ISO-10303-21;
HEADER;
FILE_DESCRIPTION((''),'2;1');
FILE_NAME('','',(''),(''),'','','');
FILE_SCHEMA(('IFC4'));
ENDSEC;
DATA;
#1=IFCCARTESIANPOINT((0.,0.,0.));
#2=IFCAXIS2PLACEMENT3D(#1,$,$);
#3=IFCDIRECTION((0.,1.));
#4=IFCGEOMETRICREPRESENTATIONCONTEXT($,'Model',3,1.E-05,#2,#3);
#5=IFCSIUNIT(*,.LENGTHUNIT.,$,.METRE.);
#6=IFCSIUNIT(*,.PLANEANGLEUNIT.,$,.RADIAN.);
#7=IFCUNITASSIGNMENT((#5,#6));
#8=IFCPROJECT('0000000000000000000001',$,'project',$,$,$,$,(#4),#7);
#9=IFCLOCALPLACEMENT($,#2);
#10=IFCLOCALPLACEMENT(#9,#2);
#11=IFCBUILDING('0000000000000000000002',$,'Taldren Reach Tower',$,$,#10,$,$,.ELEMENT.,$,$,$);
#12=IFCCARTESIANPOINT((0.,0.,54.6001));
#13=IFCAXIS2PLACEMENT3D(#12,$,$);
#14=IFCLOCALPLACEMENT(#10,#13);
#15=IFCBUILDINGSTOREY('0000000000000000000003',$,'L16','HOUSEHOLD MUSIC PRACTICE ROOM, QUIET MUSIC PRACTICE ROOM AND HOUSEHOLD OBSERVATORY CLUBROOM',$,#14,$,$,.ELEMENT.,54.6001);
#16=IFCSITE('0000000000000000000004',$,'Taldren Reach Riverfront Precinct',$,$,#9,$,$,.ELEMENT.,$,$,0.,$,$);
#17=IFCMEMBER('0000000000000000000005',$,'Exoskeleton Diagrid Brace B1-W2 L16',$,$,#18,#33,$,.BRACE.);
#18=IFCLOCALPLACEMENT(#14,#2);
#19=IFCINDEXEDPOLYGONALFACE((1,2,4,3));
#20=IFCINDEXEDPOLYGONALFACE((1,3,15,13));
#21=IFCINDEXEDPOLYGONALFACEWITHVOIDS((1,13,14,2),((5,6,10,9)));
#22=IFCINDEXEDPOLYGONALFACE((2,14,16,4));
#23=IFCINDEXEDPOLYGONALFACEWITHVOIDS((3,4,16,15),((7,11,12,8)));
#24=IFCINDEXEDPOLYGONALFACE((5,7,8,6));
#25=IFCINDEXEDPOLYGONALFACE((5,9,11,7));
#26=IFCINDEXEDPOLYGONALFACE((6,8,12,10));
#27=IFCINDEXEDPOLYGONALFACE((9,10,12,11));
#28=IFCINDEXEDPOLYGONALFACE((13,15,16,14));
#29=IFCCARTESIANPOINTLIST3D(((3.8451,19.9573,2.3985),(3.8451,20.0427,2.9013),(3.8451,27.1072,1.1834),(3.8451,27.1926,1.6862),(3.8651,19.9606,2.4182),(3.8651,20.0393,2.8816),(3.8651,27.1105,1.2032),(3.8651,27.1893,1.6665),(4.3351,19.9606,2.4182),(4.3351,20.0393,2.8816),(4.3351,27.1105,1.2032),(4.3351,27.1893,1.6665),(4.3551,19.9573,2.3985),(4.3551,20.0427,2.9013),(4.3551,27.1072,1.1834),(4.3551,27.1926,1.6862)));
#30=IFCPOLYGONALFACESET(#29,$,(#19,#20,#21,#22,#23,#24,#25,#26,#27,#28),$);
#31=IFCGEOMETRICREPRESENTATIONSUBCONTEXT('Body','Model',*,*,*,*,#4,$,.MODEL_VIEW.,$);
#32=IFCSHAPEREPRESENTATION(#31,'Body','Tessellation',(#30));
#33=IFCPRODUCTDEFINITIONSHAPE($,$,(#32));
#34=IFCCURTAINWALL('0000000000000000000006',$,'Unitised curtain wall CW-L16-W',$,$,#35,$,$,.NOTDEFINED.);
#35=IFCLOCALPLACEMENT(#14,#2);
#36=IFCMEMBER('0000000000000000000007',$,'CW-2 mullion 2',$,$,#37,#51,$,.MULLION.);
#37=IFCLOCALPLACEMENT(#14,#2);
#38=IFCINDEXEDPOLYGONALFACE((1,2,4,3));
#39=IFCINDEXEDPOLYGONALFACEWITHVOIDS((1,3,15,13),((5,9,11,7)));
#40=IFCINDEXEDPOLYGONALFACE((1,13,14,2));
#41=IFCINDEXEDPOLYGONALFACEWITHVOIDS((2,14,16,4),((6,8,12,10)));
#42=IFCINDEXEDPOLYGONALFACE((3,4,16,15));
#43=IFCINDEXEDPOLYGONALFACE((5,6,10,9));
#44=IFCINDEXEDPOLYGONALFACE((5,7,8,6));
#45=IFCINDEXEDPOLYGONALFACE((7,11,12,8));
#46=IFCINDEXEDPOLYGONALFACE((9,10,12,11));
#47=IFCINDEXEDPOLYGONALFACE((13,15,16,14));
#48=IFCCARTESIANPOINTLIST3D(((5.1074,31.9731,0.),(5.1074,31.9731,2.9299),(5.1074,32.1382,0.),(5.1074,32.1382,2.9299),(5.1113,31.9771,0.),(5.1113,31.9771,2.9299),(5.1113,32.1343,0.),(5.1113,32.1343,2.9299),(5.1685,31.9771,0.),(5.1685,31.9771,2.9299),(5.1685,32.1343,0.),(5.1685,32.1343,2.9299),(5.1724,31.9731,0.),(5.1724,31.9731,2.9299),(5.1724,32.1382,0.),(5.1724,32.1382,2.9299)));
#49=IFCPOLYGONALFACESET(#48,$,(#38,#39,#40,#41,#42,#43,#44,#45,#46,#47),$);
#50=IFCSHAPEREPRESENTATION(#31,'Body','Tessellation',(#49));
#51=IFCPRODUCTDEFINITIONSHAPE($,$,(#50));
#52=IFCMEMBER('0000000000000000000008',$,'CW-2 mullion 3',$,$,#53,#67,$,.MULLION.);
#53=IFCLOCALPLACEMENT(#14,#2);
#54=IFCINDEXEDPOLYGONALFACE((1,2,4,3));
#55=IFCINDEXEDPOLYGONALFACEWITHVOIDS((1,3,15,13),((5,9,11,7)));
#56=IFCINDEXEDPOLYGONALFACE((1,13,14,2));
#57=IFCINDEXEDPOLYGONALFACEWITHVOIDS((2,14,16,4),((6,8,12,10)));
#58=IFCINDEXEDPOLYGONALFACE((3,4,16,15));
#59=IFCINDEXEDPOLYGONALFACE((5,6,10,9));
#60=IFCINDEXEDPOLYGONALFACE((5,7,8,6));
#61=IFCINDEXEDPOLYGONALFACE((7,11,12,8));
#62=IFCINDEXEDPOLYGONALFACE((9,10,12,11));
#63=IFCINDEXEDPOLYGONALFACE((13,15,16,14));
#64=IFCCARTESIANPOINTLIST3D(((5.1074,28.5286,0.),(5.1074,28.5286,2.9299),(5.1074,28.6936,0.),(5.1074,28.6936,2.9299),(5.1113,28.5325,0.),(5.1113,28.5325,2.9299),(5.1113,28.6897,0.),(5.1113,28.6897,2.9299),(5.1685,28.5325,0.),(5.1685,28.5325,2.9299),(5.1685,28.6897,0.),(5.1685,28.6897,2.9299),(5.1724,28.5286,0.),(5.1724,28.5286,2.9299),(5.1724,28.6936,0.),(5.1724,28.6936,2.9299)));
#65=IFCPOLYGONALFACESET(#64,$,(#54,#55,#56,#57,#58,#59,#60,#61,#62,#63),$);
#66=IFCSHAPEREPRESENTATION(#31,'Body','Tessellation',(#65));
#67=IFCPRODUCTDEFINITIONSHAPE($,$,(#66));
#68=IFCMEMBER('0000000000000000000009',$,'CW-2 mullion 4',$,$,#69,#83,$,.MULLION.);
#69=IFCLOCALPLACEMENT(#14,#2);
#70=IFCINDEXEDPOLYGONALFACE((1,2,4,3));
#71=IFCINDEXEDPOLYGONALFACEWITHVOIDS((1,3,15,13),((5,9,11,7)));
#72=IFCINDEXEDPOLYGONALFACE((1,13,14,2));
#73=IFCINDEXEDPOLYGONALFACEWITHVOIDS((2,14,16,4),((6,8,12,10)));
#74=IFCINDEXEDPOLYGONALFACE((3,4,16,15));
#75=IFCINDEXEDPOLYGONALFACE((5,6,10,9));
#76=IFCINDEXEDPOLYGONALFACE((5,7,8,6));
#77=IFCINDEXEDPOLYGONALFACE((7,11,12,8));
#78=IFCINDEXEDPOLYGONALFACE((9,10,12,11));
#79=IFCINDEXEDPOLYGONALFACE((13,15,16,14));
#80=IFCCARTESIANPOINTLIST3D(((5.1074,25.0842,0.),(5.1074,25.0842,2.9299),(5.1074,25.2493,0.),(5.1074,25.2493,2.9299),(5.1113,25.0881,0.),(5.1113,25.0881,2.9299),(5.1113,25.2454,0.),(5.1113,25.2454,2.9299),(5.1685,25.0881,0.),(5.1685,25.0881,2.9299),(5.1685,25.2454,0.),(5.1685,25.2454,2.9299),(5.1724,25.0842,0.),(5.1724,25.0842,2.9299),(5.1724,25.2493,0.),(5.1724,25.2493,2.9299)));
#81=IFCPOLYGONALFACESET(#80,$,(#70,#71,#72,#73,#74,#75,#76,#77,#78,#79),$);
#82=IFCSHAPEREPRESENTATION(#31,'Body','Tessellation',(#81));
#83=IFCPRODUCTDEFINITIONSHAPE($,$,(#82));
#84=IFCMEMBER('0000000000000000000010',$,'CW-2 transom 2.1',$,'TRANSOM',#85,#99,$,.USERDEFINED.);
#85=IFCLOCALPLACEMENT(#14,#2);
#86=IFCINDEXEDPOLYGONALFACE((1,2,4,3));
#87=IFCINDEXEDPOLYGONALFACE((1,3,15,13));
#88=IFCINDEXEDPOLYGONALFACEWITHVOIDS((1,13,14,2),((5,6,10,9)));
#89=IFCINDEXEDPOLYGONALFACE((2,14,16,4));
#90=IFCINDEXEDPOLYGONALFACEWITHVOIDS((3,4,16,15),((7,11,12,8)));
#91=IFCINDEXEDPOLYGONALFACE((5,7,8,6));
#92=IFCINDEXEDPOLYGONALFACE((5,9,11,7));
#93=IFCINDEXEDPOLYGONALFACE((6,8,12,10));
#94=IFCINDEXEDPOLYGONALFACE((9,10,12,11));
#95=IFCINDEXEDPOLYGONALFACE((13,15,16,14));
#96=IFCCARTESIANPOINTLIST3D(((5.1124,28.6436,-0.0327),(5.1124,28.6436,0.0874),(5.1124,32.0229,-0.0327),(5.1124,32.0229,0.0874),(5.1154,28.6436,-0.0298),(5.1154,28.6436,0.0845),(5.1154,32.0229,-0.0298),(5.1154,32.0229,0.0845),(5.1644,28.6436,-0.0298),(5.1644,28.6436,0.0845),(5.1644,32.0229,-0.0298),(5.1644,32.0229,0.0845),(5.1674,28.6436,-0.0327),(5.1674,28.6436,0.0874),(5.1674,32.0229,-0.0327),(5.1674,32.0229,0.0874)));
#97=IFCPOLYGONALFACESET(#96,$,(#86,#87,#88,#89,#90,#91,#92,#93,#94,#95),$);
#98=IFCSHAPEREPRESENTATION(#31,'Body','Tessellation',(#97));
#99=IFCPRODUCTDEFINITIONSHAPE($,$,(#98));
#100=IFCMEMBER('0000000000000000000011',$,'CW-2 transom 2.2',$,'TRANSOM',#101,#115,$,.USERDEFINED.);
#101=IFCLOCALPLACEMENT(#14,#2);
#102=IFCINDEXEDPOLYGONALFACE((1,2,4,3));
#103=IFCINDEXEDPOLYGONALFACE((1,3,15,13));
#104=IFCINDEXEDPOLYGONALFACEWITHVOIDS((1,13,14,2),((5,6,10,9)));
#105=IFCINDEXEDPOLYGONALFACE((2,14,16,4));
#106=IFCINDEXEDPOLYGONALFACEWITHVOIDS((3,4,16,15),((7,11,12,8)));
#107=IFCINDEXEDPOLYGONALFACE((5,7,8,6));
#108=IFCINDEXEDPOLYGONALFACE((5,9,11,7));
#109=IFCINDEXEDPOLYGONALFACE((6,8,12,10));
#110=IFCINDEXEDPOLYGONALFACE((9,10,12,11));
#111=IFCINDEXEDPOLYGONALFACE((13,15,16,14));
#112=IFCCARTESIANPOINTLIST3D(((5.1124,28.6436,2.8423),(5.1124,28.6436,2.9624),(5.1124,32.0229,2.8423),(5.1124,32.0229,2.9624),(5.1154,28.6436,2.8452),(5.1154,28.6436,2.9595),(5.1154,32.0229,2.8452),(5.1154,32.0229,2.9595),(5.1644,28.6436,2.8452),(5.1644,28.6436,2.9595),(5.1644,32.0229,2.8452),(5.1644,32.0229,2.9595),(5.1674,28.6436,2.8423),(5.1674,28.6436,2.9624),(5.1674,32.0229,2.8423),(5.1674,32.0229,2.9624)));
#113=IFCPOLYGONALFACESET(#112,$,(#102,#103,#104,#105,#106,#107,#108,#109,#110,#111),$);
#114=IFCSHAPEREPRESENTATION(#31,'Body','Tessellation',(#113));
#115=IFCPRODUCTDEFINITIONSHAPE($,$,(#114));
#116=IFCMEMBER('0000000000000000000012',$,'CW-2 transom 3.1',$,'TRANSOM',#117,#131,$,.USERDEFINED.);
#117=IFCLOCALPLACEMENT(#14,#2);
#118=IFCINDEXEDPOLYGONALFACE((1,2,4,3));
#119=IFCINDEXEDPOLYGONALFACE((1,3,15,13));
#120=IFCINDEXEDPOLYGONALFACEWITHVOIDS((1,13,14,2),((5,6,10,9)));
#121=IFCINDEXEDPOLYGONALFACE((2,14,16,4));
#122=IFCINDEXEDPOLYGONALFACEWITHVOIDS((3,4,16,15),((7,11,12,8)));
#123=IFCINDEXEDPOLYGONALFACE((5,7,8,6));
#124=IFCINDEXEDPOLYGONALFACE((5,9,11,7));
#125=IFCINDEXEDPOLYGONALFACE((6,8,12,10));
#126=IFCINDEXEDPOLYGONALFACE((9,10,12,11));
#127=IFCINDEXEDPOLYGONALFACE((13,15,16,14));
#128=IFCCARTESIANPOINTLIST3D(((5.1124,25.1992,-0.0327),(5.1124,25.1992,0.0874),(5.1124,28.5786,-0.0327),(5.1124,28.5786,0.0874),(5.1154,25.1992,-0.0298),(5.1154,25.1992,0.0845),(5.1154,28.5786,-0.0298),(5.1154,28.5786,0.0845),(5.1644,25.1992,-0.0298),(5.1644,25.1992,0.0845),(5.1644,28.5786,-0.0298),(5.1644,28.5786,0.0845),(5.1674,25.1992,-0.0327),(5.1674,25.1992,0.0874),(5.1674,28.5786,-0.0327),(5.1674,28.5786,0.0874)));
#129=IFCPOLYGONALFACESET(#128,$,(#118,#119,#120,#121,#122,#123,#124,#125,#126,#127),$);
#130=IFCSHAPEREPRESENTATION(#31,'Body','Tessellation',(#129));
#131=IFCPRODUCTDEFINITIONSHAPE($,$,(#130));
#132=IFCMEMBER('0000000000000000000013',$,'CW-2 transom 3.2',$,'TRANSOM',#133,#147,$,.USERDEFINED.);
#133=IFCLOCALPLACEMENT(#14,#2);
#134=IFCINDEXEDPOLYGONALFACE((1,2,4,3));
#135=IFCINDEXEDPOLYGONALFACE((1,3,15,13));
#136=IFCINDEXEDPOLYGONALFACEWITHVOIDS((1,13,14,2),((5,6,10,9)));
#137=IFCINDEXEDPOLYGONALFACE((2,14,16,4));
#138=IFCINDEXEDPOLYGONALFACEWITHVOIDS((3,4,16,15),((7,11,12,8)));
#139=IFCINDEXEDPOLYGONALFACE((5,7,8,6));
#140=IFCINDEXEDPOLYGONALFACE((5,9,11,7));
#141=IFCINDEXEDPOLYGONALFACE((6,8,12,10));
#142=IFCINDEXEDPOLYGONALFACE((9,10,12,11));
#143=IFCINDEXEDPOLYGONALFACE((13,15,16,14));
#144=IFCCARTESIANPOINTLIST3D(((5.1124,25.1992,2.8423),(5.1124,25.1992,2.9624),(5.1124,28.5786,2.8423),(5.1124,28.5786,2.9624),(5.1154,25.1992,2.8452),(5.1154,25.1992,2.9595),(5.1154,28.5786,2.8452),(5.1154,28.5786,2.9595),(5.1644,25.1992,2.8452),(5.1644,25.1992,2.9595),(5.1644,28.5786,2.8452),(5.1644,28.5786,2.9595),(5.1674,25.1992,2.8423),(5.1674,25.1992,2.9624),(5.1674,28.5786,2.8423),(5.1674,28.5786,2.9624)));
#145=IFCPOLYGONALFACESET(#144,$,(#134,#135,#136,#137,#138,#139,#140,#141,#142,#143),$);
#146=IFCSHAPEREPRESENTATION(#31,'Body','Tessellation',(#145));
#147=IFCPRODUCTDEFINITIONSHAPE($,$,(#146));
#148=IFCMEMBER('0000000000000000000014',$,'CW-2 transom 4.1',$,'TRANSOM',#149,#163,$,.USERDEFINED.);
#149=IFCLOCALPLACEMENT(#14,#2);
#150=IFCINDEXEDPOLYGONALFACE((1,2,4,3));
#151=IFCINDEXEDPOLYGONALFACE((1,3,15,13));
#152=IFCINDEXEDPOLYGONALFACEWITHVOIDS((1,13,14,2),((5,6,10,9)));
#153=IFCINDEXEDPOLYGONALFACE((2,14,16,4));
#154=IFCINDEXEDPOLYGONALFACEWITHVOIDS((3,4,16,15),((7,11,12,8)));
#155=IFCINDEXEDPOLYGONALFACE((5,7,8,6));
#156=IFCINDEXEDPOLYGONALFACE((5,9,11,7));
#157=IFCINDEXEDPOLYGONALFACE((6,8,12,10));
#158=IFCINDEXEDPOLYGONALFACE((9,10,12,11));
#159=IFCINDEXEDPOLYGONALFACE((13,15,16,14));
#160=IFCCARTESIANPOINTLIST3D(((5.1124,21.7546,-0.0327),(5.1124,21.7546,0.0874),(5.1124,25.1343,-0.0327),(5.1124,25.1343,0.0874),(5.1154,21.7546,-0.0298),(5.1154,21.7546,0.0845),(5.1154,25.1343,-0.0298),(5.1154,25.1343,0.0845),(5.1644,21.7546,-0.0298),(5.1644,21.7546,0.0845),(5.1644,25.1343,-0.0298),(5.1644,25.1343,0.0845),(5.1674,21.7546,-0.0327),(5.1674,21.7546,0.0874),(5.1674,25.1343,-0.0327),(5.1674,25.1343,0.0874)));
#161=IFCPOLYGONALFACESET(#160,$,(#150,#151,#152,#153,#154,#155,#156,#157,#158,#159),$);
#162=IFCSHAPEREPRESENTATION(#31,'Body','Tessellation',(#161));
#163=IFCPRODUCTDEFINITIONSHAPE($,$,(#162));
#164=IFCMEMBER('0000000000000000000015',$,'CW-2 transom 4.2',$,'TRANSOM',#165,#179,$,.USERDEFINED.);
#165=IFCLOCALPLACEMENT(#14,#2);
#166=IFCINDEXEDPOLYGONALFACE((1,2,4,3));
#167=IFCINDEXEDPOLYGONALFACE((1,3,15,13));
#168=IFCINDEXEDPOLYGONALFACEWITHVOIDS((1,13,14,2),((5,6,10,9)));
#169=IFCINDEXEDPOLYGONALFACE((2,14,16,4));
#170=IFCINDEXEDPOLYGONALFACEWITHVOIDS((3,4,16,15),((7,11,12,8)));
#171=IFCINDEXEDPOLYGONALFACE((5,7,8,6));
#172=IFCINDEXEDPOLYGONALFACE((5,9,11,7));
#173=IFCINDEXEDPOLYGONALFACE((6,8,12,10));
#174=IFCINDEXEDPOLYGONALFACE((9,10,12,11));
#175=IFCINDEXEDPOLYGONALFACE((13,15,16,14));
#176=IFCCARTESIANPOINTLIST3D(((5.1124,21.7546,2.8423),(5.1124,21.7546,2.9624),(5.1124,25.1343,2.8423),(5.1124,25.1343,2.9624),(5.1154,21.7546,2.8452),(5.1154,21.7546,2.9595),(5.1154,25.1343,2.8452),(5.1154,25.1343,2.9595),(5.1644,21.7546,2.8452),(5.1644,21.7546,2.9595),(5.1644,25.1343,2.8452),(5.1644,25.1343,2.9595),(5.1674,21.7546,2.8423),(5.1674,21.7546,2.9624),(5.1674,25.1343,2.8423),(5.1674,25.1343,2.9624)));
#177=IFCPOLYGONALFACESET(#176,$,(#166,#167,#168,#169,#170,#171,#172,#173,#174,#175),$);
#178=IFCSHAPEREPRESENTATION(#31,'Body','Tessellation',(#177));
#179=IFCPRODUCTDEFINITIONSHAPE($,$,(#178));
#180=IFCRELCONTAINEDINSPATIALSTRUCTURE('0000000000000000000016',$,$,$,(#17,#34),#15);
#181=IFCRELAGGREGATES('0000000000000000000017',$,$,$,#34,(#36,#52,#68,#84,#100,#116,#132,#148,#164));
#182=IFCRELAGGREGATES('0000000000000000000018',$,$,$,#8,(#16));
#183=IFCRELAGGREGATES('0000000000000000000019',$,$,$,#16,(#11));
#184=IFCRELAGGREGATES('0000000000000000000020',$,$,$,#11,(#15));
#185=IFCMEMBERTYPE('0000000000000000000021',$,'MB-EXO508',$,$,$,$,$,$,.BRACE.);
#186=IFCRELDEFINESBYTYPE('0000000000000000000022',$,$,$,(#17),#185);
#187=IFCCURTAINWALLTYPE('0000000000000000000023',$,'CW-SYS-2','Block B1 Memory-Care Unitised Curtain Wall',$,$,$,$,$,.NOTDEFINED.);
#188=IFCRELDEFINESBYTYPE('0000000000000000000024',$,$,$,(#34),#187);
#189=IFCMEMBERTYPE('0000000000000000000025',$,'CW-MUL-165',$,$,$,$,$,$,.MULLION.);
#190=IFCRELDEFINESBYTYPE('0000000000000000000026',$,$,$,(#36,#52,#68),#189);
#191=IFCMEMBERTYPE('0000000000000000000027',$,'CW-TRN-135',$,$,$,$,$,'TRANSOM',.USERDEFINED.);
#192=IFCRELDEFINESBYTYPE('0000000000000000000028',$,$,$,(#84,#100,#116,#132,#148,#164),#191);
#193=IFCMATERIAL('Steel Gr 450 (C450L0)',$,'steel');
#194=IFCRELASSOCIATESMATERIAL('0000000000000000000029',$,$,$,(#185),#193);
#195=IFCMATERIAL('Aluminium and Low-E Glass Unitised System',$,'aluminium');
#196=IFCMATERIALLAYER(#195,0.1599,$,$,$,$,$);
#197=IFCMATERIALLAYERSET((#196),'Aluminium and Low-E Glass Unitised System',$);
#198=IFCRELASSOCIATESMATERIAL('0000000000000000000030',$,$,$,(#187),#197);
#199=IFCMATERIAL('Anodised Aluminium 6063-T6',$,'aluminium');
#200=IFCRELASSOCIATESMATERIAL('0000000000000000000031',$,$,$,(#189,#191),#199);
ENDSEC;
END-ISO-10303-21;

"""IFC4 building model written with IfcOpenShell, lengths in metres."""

from ifc_helpers import new_model, si_unit, direction, frame, origin, origin_2d, place, context, subcontext, project, spatial, hollow_rectangle, extrude, source, transform, mapped, material, layer, layer_set, material_profile, profile_set, type_object, element, aggregate, save


model = new_model("IFC4")

# Units and contexts
model_context = context("Model", 3, precision=1e-05, world=origin(), true_north=direction((0.0, 1.0)))
body_context = subcontext(model_context, "Body", "Model", "MODEL_VIEW")
ifc_project = project(units=[si_unit("LENGTHUNIT", "METRE"), si_unit("PLANEANGLEUNIT", "RADIAN")], contexts=[model_context])

# Site, building, storey
site_placement = place(None, origin())
site = spatial("IfcSite", under=ifc_project, at=site_placement, Name="Taldren Reach Riverfront Precinct", CompositionType="ELEMENT", RefElevation=0.0)
building_placement = place(site_placement, origin())
building = spatial("IfcBuilding", under=site, at=building_placement, Name="Taldren Reach Tower", CompositionType="ELEMENT")
storey_placement = place(building_placement, frame((0.0, 0.0, 54.6001)))
storey = spatial("IfcBuildingStorey", under=building, at=storey_placement, Name="L16", Description="HOUSEHOLD MUSIC PRACTICE ROOM, QUIET MUSIC PRACTICE ROOM AND HOUSEHOLD OBSERVATORY CLUBROOM", CompositionType="ELEMENT", Elevation=54.6001)

# Member
ifc_material_1 = material(Name="Steel Gr 450 (C450L0)", Category="steel")
ifc_material_profile_1 = material_profile(ifc_material_1, hollow_rectangle(XDim=0.51, YDim=0.51, WallThickness=0.02, at=origin_2d()), Name="510x510x20.0SHS")
ifc_profile_set_1 = profile_set([ifc_material_profile_1], Name="Steel Gr 450 (C450L0)")
member_type_1 = type_object("IfcMemberType", Name="MB-EXO508", PredefinedType="BRACE", material=ifc_profile_set_1)
shared_shape_1 = source(origin(), body_context, "Body", "SweptSolid", [
    extrude(hollow_rectangle(XDim=0.51, YDim=0.51, WallThickness=0.02, at=origin_2d()), origin(), (0.0, 0.0, 1.0), 7.2524),
])
member_1_placement = place(storey_placement, frame((4.1001, 27.1499, 1.4348), z_axis=(0.0, -0.985865, 0.167542), x_axis=(1.0, 0.0, 0.0)))
element("IfcMember", 1, at=member_1_placement, inside=storey, type_object=member_type_1, Name="Exoskeleton Diagrid Brace B1-W2 L16", PredefinedType="BRACE", context=body_context, shape_type="MappedRepresentation", body=[
    mapped(shared_shape_1, transform((0.0, 0.0, 0.0), scale=1.0)),
])

# Curtain wall, members
ifc_material_2 = material(Name="Aluminium and Low-E Glass Unitised System", Category="aluminium")
ifc_layer_1 = layer(ifc_material_2, 0.1599)
ifc_layer_set_1 = layer_set([ifc_layer_1], Name="Aluminium and Low-E Glass Unitised System")
curtain_wall_type = type_object("IfcCurtainWallType", Name="CW-SYS-2", Description="Block B1 Memory-Care Unitised Curtain Wall", PredefinedType="NOTDEFINED", material=ifc_layer_set_1)
curtain_wall_placement = place(storey_placement, origin())
curtain_wall = element("IfcCurtainWall", 2, at=curtain_wall_placement, inside=storey, type_object=curtain_wall_type, Name="Unitised curtain wall CW-L16-W", PredefinedType="NOTDEFINED")
ifc_material_3 = material(Name="Anodised Aluminium 6063-T6", Category="aluminium")
ifc_material_profile_2 = material_profile(ifc_material_3, hollow_rectangle(XDim=0.0649, YDim=0.165, WallThickness=0.0039, at=origin_2d()), Name="ALU-165x65x4RHS")
ifc_profile_set_2 = profile_set([ifc_material_profile_2], Name="Anodised Aluminium 6063-T6")
member_type_2 = type_object("IfcMemberType", Name="CW-MUL-165", PredefinedType="MULLION", material=ifc_profile_set_2)
shared_shape_2 = source(origin(), body_context, "Body", "SweptSolid", [
    extrude(hollow_rectangle(XDim=0.0649, YDim=0.165, WallThickness=0.0039, at=origin_2d()), origin(), (0.0, 0.0, 1.0), 2.9299),
])
member_2_placement = place(storey_placement, frame((5.1399, 32.0557, 0.0), z_axis=(0.0, 0.0, 1.0), x_axis=(1.0, 0.0, 0.0)))
member_2 = element("IfcMember", 3, at=member_2_placement, type_object=member_type_2, Name="CW-2 mullion 2", PredefinedType="MULLION", context=body_context, shape_type="MappedRepresentation", body=[
    mapped(shared_shape_2, transform((0.0, 0.0, 0.0), scale=1.0)),
])
member_3_placement = place(storey_placement, frame((5.1399, 28.6111, 0.0), z_axis=(0.0, 0.0, 1.0), x_axis=(1.0, 0.0, 0.0)))
member_3 = element("IfcMember", 4, at=member_3_placement, type_object=member_type_2, Name="CW-2 mullion 3", PredefinedType="MULLION", context=body_context, shape_type="MappedRepresentation", body=[
    mapped(shared_shape_2, transform((0.0, 0.0, 0.0), scale=1.0)),
])
member_4_placement = place(storey_placement, frame((5.1399, 25.1667, 0.0), z_axis=(0.0, 0.0, 1.0), x_axis=(1.0, 0.0, 0.0)))
member_4 = element("IfcMember", 5, at=member_4_placement, type_object=member_type_2, Name="CW-2 mullion 4", PredefinedType="MULLION", context=body_context, shape_type="MappedRepresentation", body=[
    mapped(shared_shape_2, transform((0.0, 0.0, 0.0), scale=1.0)),
])
ifc_material_profile_3 = material_profile(ifc_material_3, hollow_rectangle(XDim=0.0549, YDim=0.1201, WallThickness=0.0029, at=origin_2d()), Name="ALU-120x55x3RHS")
ifc_profile_set_3 = profile_set([ifc_material_profile_3], Name="Anodised Aluminium 6063-T6")
member_type_3 = type_object("IfcMemberType", Name="CW-TRN-135", ElementType="TRANSOM", PredefinedType="USERDEFINED", material=ifc_profile_set_3)
shared_shape_3 = source(origin(), body_context, "Body", "SweptSolid", [
    extrude(hollow_rectangle(XDim=0.0549, YDim=0.1201, WallThickness=0.0029, at=origin_2d()), origin(), (0.0, 0.0, 1.0), 3.3794),
])
member_5_placement = place(storey_placement, frame((5.1399, 32.0229, 0.0273), z_axis=(0.0, -1.0, 0.0), x_axis=(1.0, 0.0, 0.0)))
member_5 = element("IfcMember", 6, at=member_5_placement, type_object=member_type_3, Name="CW-2 transom 2.1", ObjectType="TRANSOM", PredefinedType="USERDEFINED", context=body_context, shape_type="MappedRepresentation", body=[
    mapped(shared_shape_3, transform((0.0, 0.0, 0.0), scale=1.0)),
])
member_6_placement = place(storey_placement, frame((5.1399, 32.0229, 2.9023), z_axis=(0.0, -1.0, 0.0), x_axis=(1.0, 0.0, 0.0)))
member_6 = element("IfcMember", 7, at=member_6_placement, type_object=member_type_3, Name="CW-2 transom 2.2", ObjectType="TRANSOM", PredefinedType="USERDEFINED", context=body_context, shape_type="MappedRepresentation", body=[
    mapped(shared_shape_3, transform((0.0, 0.0, 0.0), scale=1.0)),
])
member_7_placement = place(storey_placement, frame((5.1399, 28.5786, 0.0273), z_axis=(0.0, -1.0, 0.0), x_axis=(1.0, 0.0, 0.0)))
member_7 = element("IfcMember", 8, at=member_7_placement, type_object=member_type_3, Name="CW-2 transom 3.1", ObjectType="TRANSOM", PredefinedType="USERDEFINED", context=body_context, shape_type="MappedRepresentation", body=[
    mapped(shared_shape_3, transform((0.0, 0.0, 0.0), scale=1.0)),
])
member_8_placement = place(storey_placement, frame((5.1399, 28.5786, 2.9023), z_axis=(0.0, -1.0, 0.0), x_axis=(1.0, 0.0, 0.0)))
member_8 = element("IfcMember", 9, at=member_8_placement, type_object=member_type_3, Name="CW-2 transom 3.2", ObjectType="TRANSOM", PredefinedType="USERDEFINED", context=body_context, shape_type="MappedRepresentation", body=[
    mapped(shared_shape_3, transform((0.0, 0.0, 0.0), scale=1.0)),
])
shared_shape_4 = source(origin(), body_context, "Body", "SweptSolid", [
    extrude(hollow_rectangle(XDim=0.0549, YDim=0.1201, WallThickness=0.0029, at=origin_2d()), origin(), (0.0, 0.0, 1.0), 3.3796),
])
member_9_placement = place(storey_placement, frame((5.1399, 25.1343, 0.0273), z_axis=(0.0, -1.0, 0.0), x_axis=(1.0, 0.0, 0.0)))
member_9 = element("IfcMember", 10, at=member_9_placement, type_object=member_type_3, Name="CW-2 transom 4.1", ObjectType="TRANSOM", PredefinedType="USERDEFINED", context=body_context, shape_type="MappedRepresentation", body=[
    mapped(shared_shape_4, transform((0.0, 0.0, 0.0), scale=1.0)),
])
member_10_placement = place(storey_placement, frame((5.1399, 25.1343, 2.9023), z_axis=(0.0, -1.0, 0.0), x_axis=(1.0, 0.0, 0.0)))
member_10 = element("IfcMember", 11, at=member_10_placement, type_object=member_type_3, Name="CW-2 transom 4.2", ObjectType="TRANSOM", PredefinedType="USERDEFINED", context=body_context, shape_type="MappedRepresentation", body=[
    mapped(shared_shape_4, transform((0.0, 0.0, 0.0), scale=1.0)),
])

aggregate(curtain_wall, [member_2, member_3, member_4, member_5, member_6, member_7, member_8, member_9, member_10])

save(model, "model.ifc")
